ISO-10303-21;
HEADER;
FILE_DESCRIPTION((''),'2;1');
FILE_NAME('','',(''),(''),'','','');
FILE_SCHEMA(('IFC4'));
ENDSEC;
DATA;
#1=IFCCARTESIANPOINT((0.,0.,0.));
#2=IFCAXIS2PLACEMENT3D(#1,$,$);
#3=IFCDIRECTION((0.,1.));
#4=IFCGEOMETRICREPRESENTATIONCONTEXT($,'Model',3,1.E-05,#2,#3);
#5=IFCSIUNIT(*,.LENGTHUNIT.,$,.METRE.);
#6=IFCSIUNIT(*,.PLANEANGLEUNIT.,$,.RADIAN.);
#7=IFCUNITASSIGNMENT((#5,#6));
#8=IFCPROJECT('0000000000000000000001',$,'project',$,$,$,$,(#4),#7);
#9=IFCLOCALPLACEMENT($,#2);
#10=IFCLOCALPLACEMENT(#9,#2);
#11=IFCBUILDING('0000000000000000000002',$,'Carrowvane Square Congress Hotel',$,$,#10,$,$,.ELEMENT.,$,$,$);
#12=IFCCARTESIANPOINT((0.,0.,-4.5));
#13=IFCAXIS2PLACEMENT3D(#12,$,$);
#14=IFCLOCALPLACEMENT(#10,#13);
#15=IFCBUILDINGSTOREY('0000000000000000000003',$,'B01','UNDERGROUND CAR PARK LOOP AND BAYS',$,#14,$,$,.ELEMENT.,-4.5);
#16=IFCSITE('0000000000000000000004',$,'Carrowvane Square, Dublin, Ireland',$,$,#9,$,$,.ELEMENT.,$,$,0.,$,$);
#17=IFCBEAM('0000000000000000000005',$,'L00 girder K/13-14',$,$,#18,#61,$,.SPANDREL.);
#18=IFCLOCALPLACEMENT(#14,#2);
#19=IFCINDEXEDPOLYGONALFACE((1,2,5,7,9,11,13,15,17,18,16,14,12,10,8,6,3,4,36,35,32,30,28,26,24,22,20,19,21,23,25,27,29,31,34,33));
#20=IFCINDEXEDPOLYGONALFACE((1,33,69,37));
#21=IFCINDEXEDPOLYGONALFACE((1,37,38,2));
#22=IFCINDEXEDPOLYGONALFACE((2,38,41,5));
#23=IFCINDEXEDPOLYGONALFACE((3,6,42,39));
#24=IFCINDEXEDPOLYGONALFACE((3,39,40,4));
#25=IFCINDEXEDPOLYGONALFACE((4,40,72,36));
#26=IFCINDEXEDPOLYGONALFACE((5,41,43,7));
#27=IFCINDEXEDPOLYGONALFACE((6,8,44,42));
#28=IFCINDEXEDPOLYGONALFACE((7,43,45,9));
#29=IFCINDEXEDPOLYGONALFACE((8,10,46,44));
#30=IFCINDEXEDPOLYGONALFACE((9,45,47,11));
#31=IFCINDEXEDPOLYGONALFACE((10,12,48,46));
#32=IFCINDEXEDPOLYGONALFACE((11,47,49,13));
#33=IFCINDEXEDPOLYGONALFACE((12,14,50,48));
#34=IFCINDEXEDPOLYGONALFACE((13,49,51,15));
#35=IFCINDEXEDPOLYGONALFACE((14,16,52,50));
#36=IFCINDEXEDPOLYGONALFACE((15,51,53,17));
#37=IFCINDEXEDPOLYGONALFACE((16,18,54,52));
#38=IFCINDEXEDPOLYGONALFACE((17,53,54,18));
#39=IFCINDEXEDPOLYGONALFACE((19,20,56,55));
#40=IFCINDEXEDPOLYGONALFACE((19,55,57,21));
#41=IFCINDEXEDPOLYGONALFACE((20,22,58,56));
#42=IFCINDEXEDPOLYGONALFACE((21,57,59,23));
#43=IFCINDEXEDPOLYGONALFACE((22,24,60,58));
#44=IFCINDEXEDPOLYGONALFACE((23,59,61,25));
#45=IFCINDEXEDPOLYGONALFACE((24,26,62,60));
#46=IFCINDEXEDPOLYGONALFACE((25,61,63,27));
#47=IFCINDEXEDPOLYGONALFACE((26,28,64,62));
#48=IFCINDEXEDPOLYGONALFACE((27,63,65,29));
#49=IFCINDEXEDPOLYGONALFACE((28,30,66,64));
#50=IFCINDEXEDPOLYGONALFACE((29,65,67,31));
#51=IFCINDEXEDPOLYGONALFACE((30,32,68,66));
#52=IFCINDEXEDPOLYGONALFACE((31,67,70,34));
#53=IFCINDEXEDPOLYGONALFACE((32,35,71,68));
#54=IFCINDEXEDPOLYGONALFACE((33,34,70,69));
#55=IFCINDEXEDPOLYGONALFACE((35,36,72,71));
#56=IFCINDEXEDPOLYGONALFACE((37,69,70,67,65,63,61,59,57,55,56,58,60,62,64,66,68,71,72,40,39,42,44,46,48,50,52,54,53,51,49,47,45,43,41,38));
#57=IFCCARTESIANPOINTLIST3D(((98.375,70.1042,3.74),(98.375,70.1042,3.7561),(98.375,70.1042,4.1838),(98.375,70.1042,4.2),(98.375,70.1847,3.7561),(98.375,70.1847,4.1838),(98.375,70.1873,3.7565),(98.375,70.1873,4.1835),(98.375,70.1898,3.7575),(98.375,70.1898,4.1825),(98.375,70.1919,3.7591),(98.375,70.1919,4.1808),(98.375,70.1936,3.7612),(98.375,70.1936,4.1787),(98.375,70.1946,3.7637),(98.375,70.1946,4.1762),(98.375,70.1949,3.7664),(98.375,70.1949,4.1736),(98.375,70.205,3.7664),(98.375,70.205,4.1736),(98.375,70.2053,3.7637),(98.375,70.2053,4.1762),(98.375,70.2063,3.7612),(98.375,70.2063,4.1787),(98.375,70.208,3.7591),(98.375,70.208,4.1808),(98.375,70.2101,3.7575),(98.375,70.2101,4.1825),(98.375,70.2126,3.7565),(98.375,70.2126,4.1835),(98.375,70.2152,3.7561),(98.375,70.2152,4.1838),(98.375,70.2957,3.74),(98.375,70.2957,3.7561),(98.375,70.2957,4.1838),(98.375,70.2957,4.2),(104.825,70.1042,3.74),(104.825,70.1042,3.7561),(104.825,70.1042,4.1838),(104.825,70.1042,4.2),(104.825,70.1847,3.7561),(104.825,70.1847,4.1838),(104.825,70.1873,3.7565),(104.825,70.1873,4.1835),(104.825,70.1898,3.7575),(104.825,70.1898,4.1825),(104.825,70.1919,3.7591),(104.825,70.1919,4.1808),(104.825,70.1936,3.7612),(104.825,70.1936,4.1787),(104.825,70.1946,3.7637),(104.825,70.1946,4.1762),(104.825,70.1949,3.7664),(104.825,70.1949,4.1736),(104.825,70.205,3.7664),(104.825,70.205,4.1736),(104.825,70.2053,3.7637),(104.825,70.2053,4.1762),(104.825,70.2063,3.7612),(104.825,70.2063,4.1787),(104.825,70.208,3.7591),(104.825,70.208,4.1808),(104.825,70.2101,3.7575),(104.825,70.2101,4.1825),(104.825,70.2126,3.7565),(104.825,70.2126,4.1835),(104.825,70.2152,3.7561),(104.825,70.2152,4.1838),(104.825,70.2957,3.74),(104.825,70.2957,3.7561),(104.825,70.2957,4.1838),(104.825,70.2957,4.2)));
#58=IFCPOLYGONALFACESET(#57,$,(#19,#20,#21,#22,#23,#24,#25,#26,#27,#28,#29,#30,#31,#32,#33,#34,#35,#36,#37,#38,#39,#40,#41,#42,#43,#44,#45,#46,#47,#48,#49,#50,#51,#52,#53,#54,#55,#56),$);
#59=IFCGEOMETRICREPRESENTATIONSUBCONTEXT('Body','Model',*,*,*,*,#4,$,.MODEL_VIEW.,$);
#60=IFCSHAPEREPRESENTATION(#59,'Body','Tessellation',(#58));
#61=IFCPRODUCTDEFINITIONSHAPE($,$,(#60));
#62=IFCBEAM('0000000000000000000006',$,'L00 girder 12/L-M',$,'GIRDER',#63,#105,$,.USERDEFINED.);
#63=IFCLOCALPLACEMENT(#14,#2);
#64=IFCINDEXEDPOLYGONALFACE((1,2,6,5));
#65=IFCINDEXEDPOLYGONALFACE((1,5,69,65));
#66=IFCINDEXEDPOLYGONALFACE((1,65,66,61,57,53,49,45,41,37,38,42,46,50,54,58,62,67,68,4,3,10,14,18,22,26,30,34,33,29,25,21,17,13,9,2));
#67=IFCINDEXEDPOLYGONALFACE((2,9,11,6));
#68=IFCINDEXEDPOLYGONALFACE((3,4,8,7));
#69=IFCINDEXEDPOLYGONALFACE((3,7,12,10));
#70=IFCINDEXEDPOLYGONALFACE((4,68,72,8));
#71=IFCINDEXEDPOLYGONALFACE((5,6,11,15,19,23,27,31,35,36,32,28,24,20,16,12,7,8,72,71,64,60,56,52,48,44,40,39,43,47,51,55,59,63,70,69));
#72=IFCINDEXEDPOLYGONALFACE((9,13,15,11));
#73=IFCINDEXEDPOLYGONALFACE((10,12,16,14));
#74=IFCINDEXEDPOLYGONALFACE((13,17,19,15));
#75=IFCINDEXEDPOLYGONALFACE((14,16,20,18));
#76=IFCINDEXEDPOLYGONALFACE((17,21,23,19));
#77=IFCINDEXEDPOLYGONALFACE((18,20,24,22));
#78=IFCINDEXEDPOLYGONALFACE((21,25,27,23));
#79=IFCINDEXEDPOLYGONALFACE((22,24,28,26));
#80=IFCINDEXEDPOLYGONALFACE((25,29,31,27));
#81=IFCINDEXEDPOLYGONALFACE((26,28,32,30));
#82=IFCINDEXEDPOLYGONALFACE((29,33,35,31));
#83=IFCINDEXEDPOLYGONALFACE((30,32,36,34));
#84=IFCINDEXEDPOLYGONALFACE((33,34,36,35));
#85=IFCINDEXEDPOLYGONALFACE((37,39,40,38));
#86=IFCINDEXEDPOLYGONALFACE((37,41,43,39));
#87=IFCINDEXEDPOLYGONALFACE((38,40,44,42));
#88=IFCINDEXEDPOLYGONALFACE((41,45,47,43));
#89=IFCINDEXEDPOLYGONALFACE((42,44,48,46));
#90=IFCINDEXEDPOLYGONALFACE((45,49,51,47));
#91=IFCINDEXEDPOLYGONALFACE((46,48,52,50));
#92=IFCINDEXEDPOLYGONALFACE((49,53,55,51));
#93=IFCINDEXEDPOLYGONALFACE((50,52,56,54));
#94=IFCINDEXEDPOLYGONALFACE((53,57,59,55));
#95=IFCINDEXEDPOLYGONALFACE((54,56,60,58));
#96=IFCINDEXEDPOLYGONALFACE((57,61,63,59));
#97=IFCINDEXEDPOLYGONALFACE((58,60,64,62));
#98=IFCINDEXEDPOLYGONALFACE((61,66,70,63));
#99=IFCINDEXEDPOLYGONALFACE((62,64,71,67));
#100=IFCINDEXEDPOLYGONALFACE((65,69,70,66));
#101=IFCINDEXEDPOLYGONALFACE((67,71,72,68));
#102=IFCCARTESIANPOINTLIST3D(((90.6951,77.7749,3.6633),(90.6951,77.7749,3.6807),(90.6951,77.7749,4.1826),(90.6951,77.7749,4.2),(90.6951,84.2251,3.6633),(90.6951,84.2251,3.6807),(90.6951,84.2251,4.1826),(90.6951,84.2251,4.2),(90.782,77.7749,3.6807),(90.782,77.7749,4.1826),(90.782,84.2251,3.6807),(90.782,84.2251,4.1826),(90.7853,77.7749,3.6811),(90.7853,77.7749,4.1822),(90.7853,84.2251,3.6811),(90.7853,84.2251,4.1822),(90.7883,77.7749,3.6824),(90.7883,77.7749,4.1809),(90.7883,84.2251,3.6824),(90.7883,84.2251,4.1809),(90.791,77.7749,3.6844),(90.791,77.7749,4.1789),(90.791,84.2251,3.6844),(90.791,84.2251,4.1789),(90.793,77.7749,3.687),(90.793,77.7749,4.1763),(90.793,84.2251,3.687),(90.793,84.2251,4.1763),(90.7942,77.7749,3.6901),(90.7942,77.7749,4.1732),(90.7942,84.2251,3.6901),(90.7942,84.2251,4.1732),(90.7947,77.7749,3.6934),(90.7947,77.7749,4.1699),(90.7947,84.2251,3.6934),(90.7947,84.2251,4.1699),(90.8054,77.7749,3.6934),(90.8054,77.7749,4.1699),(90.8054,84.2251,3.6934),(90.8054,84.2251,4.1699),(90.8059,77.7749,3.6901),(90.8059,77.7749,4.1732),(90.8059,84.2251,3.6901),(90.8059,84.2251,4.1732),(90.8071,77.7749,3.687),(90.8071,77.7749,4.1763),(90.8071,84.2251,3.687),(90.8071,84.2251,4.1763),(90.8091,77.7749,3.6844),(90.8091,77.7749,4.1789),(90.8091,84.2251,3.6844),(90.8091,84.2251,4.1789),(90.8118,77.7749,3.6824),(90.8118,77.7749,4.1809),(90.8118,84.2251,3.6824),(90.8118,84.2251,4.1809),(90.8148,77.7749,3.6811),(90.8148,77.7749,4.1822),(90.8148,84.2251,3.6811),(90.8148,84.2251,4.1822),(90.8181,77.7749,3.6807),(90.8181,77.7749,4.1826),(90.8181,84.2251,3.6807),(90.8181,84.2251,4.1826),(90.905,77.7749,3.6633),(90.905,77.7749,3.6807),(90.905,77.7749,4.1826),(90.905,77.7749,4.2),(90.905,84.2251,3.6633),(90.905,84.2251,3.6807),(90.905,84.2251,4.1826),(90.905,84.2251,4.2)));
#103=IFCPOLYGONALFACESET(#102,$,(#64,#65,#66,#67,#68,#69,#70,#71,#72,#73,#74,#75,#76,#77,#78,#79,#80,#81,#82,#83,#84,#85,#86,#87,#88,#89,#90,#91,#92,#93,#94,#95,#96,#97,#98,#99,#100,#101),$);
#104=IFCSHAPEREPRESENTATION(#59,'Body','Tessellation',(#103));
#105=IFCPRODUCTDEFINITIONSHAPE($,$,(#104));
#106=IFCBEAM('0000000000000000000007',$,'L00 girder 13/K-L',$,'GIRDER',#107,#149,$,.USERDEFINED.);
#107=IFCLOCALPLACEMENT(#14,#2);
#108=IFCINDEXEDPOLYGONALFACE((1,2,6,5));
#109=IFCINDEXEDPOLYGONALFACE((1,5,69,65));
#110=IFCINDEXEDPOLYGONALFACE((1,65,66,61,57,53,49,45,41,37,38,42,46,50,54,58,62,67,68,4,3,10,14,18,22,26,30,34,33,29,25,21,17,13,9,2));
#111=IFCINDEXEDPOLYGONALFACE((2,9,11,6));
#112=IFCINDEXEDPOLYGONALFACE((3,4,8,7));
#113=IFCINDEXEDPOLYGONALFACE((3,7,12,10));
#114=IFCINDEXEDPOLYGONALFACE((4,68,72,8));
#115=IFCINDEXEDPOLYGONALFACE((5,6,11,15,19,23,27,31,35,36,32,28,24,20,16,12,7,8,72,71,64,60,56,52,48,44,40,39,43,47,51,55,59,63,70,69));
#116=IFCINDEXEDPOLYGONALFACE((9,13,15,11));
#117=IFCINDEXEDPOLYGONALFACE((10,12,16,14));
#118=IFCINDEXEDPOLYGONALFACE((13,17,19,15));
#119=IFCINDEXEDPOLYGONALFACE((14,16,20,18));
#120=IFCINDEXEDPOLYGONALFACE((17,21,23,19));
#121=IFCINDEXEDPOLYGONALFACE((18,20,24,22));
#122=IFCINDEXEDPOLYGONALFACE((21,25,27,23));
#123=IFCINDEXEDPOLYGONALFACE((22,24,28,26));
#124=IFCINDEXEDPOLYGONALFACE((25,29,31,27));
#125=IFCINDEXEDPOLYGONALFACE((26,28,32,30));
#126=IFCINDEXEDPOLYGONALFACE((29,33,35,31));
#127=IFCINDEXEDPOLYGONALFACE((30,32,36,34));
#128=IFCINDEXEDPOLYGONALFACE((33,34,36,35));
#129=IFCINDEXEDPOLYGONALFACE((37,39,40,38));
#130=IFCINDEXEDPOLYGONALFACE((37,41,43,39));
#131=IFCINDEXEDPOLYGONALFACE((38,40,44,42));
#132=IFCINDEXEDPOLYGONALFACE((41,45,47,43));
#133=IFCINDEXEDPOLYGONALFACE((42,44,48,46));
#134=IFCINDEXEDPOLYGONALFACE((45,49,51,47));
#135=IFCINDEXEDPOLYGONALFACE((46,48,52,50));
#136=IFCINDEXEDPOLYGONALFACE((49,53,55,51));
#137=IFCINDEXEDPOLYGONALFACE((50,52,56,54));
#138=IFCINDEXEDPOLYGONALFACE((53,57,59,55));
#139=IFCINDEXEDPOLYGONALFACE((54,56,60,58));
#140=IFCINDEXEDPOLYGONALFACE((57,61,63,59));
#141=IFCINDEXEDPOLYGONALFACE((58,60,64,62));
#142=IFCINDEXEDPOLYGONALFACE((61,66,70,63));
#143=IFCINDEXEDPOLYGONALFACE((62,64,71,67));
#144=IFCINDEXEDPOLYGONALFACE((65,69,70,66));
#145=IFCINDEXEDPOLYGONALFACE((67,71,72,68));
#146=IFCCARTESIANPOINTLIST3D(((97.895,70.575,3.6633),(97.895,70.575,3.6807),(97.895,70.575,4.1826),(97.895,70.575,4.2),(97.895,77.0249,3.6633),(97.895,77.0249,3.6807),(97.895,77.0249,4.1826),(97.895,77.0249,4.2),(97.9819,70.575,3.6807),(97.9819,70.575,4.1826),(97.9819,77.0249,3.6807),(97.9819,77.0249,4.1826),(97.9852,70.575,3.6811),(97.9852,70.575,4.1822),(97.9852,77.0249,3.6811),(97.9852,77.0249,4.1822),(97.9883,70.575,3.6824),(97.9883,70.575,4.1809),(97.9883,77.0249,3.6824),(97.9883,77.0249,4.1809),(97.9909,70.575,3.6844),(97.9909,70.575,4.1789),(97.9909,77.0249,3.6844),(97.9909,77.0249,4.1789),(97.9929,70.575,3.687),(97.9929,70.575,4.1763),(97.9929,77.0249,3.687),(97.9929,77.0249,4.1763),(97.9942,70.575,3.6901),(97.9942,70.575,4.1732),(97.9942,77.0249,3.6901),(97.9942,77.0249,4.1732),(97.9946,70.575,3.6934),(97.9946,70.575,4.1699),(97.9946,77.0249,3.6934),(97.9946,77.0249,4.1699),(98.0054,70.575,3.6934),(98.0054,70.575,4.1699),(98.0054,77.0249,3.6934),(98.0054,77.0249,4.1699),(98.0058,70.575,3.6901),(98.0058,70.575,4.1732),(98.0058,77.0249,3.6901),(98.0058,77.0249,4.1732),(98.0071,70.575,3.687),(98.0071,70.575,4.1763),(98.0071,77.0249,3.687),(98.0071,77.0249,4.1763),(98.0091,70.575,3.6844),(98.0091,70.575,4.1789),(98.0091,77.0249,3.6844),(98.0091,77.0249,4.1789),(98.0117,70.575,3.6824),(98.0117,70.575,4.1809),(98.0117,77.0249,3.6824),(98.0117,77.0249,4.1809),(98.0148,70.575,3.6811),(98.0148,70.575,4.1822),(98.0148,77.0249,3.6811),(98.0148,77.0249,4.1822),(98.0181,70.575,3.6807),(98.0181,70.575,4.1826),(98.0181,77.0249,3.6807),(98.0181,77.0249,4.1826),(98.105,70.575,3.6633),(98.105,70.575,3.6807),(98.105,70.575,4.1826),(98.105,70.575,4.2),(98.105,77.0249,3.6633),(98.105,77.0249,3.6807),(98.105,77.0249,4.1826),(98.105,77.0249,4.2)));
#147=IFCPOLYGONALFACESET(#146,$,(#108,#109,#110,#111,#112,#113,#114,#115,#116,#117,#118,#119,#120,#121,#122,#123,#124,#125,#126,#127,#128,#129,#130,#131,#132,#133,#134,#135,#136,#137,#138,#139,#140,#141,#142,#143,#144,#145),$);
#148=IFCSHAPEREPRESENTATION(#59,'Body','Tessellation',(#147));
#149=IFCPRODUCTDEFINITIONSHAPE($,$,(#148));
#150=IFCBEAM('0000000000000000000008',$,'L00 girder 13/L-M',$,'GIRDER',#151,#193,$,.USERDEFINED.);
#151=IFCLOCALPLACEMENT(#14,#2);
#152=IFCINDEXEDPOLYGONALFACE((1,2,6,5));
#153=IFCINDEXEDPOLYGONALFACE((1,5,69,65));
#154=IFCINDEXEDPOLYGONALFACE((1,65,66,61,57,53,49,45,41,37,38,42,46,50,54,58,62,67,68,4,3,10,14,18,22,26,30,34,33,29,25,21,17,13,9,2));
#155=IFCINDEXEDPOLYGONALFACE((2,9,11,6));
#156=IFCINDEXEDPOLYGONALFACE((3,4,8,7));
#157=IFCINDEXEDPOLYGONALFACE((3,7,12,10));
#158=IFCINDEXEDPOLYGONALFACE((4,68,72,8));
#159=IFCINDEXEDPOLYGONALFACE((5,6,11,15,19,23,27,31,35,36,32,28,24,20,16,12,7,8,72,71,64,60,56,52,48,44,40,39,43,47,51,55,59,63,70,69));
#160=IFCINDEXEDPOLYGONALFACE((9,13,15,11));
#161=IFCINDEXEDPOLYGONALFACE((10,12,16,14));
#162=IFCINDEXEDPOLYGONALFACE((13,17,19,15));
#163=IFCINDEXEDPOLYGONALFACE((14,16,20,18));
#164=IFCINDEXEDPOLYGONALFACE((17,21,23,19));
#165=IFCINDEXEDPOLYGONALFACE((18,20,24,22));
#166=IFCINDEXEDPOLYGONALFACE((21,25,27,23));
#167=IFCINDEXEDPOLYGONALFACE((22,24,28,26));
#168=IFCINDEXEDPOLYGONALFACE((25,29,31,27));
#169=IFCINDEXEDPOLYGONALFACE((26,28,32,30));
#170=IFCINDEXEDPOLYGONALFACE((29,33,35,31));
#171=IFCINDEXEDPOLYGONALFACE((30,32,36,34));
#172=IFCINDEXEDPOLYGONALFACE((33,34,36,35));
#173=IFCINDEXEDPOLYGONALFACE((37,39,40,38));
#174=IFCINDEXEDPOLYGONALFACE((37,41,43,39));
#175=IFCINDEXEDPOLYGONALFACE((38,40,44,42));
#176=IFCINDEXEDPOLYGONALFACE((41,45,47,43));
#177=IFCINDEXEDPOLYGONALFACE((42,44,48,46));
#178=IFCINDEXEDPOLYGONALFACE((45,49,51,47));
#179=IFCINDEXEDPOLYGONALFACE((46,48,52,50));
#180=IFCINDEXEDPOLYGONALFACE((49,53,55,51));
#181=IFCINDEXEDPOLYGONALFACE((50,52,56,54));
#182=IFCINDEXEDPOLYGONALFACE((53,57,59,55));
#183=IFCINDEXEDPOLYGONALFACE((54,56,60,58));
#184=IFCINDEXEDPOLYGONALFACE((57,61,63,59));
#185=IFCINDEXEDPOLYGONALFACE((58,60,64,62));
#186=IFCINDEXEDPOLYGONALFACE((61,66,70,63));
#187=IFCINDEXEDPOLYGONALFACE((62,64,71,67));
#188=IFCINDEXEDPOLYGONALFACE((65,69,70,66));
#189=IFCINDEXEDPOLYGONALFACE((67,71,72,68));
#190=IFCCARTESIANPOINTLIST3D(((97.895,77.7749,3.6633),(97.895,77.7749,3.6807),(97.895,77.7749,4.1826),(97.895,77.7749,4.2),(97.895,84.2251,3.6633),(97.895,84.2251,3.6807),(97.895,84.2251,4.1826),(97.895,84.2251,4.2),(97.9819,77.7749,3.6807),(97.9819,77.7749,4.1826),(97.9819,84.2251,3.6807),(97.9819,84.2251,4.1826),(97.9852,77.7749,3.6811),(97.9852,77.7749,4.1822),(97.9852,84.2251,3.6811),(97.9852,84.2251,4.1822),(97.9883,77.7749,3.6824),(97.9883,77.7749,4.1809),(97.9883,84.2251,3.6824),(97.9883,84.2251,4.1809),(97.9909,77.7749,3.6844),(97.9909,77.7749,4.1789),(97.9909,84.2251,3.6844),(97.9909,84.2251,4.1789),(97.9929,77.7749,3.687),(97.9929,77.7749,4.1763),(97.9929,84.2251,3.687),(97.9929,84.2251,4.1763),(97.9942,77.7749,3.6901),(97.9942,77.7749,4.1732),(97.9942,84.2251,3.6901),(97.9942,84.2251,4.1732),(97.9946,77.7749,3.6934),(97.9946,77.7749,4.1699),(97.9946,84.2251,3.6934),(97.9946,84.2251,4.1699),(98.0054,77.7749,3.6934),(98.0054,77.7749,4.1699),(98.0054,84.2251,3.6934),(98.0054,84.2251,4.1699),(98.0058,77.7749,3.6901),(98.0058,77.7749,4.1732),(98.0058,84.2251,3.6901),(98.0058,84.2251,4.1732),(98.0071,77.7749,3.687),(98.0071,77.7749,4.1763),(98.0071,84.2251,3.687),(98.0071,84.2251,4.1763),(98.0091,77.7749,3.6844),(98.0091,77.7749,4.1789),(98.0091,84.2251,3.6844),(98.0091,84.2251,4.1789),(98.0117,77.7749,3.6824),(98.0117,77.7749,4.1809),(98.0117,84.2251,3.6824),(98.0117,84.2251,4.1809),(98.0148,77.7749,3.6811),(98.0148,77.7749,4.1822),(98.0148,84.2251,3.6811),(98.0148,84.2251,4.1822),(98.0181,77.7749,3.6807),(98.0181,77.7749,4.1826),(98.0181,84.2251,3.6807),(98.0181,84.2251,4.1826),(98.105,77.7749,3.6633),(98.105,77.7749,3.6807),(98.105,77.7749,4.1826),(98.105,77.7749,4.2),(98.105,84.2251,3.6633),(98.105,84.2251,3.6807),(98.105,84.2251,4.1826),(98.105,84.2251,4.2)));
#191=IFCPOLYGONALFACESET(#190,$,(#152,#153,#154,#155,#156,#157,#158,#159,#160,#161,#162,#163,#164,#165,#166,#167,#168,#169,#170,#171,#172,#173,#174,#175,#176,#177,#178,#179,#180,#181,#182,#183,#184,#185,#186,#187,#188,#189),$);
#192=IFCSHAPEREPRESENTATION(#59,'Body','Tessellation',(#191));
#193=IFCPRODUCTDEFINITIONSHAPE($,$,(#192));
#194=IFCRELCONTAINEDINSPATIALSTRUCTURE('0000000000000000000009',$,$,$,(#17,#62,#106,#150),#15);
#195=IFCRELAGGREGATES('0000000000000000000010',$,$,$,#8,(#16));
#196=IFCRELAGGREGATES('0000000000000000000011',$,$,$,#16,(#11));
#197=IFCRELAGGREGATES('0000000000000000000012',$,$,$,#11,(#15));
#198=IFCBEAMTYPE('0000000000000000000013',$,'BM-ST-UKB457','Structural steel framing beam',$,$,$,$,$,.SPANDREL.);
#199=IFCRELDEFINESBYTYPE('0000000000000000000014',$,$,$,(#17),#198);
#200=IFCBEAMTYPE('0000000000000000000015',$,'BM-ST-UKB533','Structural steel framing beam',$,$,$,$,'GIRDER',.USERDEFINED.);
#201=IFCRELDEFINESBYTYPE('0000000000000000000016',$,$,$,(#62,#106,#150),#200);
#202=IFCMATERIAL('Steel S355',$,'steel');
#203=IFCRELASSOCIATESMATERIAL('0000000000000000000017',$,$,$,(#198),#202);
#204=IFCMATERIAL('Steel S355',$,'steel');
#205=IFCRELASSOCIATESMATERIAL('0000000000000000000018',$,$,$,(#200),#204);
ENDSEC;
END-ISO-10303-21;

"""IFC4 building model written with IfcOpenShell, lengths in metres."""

from ifc_helpers import new_model, si_unit, direction, frame, origin, origin_2d, place, context, subcontext, project, spatial, i_section, extrude, material, material_profile, profile_set, type_object, element, save


model = new_model("IFC4")

# Units and contexts
model_context = context("Model", 3, precision=1e-05, world=origin(), true_north=direction((0.0, 1.0)))
body_context = subcontext(model_context, "Body", "Model", "MODEL_VIEW")
ifc_project = project(units=[si_unit("LENGTHUNIT", "METRE"), si_unit("PLANEANGLEUNIT", "RADIAN")], contexts=[model_context])

# Site, building, storey
site_placement = place(None, origin())
site = spatial("IfcSite", under=ifc_project, at=site_placement, Name="Carrowvane Square, Dublin, Ireland", CompositionType="ELEMENT", RefElevation=0.0)
building_placement = place(site_placement, origin())
building = spatial("IfcBuilding", under=site, at=building_placement, Name="Carrowvane Square Congress Hotel", CompositionType="ELEMENT")
storey_placement = place(building_placement, frame((0.0, 0.0, -4.5)))
storey = spatial("IfcBuildingStorey", under=building, at=storey_placement, Name="B01", Description="UNDERGROUND CAR PARK LOOP AND BAYS", CompositionType="ELEMENT", Elevation=-4.5)

# Beams
ifc_material_1 = material(Name="Steel S355", Category="steel")
ifc_material_profile_1 = material_profile(ifc_material_1, i_section(OverallWidth=0.1914, OverallDepth=0.46, WebThickness=0.01, FlangeThickness=0.0161, FilletRadius=0.0103, at=origin_2d()), Name="UKB 457x191x82")
ifc_profile_set_1 = profile_set([ifc_material_profile_1], Name="Steel S355")
beam_type_1 = type_object("IfcBeamType", Name="BM-ST-UKB457", Description="Structural steel framing beam", PredefinedType="SPANDREL", material=ifc_profile_set_1)
for number, where, z_axis, x_axis, name in (
    (1, (98.375, 70.2, 3.97), (1.0, 0.0, 0.0), (0.0, 1.0, 0.0), "L00 girder K/13-14"),
):
    element("IfcBeam", number, at=place(storey_placement, frame(where, z_axis=z_axis, x_axis=x_axis)), inside=storey, type_object=beam_type_1, Name=name, PredefinedType="SPANDREL", context=body_context, shape_type="SweptSolid", body=[
        extrude(i_section(OverallWidth=0.1914, OverallDepth=0.46, WebThickness=0.01, FlangeThickness=0.0161, FilletRadius=0.0103, at=origin_2d()), origin(), (0.0, 0.0, 1.0), 6.45),
    ])
ifc_material_2 = material(Name="Steel S355", Category="steel")
ifc_material_profile_2 = material_profile(ifc_material_2, i_section(OverallWidth=0.21, OverallDepth=0.5366, WebThickness=0.0107, FlangeThickness=0.0173, FilletRadius=0.0127, at=origin_2d()), Name="UKB 533x210x101")
ifc_profile_set_2 = profile_set([ifc_material_profile_2], Name="Steel S355")
beam_type_2 = type_object("IfcBeamType", Name="BM-ST-UKB533", Description="Structural steel framing beam", ElementType="GIRDER", PredefinedType="USERDEFINED", material=ifc_profile_set_2)
beam_1_placement = place(storey_placement, frame((90.8, 77.7749, 3.9316), z_axis=(0.0, 1.0, 0.0), x_axis=(-1.0, 0.0, 0.0)))
element("IfcBeam", 2, at=beam_1_placement, inside=storey, type_object=beam_type_2, Name="L00 girder 12/L-M", ObjectType="GIRDER", PredefinedType="USERDEFINED", context=body_context, shape_type="SweptSolid", body=[
    extrude(i_section(OverallWidth=0.21, OverallDepth=0.5366, WebThickness=0.0107, FlangeThickness=0.0173, FilletRadius=0.0127, at=origin_2d()), origin(), (0.0, 0.0, 1.0), 6.4502),
])
beam_2_placement = place(storey_placement, frame((98.0, 70.575, 3.9316), z_axis=(0.0, 1.0, 0.0), x_axis=(-1.0, 0.0, 0.0)))
element("IfcBeam", 3, at=beam_2_placement, inside=storey, type_object=beam_type_2, Name="L00 girder 13/K-L", ObjectType="GIRDER", PredefinedType="USERDEFINED", context=body_context, shape_type="SweptSolid", body=[
    extrude(i_section(OverallWidth=0.21, OverallDepth=0.5366, WebThickness=0.0107, FlangeThickness=0.0173, FilletRadius=0.0127, at=origin_2d()), origin(), (0.0, 0.0, 1.0), 6.45),
])
beam_3_placement = place(storey_placement, frame((98.0, 77.7749, 3.9316), z_axis=(0.0, 1.0, 0.0), x_axis=(-1.0, 0.0, 0.0)))
element("IfcBeam", 4, at=beam_3_placement, inside=storey, type_object=beam_type_2, Name="L00 girder 13/L-M", ObjectType="GIRDER", PredefinedType="USERDEFINED", context=body_context, shape_type="SweptSolid", body=[
    extrude(i_section(OverallWidth=0.21, OverallDepth=0.5366, WebThickness=0.0107, FlangeThickness=0.0173, FilletRadius=0.0127, at=origin_2d()), origin(), (0.0, 0.0, 1.0), 6.4502),
])

save(model, "model.ifc")
